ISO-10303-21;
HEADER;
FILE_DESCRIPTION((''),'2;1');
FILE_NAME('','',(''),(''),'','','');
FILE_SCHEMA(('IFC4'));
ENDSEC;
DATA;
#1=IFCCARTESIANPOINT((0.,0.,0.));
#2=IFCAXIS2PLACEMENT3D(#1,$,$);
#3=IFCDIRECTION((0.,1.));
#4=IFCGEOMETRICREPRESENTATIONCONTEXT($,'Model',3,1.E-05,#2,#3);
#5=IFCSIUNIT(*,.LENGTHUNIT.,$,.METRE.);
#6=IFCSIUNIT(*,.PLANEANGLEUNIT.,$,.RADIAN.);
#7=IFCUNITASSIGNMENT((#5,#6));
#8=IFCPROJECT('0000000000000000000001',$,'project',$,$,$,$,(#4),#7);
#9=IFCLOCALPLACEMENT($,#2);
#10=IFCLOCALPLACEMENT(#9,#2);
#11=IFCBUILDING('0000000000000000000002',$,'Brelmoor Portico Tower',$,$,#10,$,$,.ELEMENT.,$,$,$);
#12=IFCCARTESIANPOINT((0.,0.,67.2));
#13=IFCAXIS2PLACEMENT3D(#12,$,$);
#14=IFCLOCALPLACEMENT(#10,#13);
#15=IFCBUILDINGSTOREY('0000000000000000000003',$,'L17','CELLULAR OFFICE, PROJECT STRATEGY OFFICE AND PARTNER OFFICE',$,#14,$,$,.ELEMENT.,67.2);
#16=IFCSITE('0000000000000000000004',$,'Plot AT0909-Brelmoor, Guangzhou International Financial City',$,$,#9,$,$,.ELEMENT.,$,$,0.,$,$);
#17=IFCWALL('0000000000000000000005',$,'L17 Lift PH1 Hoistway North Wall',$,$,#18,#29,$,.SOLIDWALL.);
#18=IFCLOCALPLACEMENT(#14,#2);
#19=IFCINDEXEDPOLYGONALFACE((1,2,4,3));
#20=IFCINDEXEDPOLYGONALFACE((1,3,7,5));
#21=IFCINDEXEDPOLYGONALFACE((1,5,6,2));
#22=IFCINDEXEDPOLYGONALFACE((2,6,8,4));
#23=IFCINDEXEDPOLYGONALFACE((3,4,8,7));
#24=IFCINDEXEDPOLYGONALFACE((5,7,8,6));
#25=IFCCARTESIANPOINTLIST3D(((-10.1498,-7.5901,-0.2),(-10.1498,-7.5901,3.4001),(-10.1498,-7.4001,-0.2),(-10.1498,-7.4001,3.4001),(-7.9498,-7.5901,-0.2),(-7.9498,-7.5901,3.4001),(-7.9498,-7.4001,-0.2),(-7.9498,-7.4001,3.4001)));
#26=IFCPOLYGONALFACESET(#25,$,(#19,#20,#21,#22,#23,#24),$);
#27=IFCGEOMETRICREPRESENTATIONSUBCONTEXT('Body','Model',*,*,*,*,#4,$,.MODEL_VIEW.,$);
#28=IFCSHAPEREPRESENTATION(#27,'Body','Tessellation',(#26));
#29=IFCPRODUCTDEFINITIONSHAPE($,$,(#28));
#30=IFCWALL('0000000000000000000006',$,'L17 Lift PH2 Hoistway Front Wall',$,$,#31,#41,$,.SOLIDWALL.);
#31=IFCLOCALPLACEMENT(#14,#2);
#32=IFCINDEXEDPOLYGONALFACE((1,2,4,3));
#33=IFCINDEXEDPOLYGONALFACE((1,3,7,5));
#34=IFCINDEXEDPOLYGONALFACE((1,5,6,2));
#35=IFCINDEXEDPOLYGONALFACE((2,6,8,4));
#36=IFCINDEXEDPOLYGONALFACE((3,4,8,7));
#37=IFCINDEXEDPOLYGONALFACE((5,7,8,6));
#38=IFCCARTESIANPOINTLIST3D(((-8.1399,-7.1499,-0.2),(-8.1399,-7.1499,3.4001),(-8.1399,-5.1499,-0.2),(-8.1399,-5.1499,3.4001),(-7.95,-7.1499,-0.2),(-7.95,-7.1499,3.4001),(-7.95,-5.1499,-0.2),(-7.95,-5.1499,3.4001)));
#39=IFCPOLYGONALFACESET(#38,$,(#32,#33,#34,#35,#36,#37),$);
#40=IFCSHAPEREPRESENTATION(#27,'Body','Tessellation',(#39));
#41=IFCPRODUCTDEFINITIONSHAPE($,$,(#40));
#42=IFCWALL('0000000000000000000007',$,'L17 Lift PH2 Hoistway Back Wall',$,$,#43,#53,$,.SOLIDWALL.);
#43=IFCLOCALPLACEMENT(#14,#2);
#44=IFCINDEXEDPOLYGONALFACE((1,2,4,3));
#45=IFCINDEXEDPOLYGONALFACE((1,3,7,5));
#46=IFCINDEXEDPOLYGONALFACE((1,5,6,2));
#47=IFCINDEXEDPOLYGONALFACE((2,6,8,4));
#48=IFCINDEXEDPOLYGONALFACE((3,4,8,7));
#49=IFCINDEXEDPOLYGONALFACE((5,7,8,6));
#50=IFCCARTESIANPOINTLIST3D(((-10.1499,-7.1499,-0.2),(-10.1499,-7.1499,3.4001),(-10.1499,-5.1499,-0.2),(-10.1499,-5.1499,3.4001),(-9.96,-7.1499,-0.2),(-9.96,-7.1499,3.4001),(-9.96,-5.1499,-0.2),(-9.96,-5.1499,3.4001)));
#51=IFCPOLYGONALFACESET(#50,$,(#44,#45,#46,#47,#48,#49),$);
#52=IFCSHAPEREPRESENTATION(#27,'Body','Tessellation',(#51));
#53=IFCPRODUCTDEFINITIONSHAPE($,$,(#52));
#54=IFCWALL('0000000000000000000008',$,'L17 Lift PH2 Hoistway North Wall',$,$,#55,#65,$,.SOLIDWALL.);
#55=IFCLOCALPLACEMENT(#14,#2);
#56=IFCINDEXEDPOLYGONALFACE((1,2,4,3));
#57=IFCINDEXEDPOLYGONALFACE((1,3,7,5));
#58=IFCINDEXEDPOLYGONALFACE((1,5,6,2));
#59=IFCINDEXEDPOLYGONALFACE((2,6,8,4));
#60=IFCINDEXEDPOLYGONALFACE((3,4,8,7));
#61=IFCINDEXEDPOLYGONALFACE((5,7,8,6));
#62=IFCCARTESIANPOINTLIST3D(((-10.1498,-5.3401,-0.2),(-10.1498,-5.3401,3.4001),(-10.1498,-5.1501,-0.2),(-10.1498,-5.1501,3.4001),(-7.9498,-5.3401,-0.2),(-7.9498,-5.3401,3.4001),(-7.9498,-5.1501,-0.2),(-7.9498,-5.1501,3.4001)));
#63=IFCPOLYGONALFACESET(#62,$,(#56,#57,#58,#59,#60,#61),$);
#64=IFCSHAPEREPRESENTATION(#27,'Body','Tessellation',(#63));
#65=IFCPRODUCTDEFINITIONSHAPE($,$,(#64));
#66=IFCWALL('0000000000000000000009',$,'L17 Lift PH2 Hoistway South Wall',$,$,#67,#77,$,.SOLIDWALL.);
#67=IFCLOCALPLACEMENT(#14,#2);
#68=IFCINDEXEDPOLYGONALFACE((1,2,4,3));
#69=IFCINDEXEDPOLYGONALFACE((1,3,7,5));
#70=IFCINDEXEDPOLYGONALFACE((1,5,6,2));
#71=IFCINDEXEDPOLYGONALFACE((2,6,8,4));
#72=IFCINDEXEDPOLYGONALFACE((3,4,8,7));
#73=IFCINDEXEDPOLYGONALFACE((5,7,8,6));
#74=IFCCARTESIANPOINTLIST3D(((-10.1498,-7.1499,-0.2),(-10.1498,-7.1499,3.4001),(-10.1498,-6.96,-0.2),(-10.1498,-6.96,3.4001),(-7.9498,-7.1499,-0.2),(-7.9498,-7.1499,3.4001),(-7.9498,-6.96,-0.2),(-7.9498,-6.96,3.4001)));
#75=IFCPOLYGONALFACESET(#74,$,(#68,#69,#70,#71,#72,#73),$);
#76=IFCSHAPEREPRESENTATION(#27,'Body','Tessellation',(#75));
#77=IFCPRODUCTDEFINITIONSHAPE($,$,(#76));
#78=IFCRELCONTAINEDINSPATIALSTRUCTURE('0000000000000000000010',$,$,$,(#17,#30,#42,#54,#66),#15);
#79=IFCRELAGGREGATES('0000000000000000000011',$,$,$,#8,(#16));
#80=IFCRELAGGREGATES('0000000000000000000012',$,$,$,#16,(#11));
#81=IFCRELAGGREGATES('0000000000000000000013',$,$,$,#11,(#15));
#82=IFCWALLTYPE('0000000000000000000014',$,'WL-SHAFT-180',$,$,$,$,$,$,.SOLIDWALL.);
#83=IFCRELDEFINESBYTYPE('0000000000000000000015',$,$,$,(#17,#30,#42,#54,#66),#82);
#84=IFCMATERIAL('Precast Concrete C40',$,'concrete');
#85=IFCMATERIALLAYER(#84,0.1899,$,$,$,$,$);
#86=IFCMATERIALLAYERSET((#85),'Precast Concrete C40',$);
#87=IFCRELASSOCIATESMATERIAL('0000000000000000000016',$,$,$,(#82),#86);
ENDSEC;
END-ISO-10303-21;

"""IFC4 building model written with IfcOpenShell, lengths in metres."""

from ifc_helpers import new_model, si_unit, direction, frame, frame_2d, origin, place, context, subcontext, project, spatial, rectangle, extrude, material, layer, layer_set, type_object, element, save


model = new_model("IFC4")

# Units and contexts
model_context = context("Model", 3, precision=1e-05, world=origin(), true_north=direction((0.0, 1.0)))
body_context = subcontext(model_context, "Body", "Model", "MODEL_VIEW")
ifc_project = project(units=[si_unit("LENGTHUNIT", "METRE"), si_unit("PLANEANGLEUNIT", "RADIAN")], contexts=[model_context])

# Site, building, storey
site_placement = place(None, origin())
site = spatial("IfcSite", under=ifc_project, at=site_placement, Name="Plot AT0909-Brelmoor, Guangzhou International Financial City", CompositionType="ELEMENT", RefElevation=0.0)
building_placement = place(site_placement, origin())
building = spatial("IfcBuilding", under=site, at=building_placement, Name="Brelmoor Portico Tower", CompositionType="ELEMENT")
storey_placement = place(building_placement, frame((0.0, 0.0, 67.2)))
storey = spatial("IfcBuildingStorey", under=building, at=storey_placement, Name="L17", Description="CELLULAR OFFICE, PROJECT STRATEGY OFFICE AND PARTNER OFFICE", CompositionType="ELEMENT", Elevation=67.2)

# Walls
ifc_material_1 = material(Name="Precast Concrete C40", Category="concrete")
ifc_layer_1 = layer(ifc_material_1, 0.1899)
ifc_layer_set_1 = layer_set([ifc_layer_1], Name="Precast Concrete C40")
wall_type_1 = type_object("IfcWallType", Name="WL-SHAFT-180", PredefinedType="SOLIDWALL", material=ifc_layer_set_1)
wall_1_placement = place(storey_placement, frame((-10.1499, -7.4951, -0.2), z_axis=(0.0, 0.0, 1.0), x_axis=(1.0, 0.0, 0.0)))
element("IfcWall", 1, at=wall_1_placement, inside=storey, type_object=wall_type_1, Name="L17 Lift PH1 Hoistway North Wall", PredefinedType="SOLIDWALL", context=body_context, shape_type="SweptSolid", body=[
    extrude(rectangle(XDim=2.2, YDim=0.1899, at=frame_2d((1.1001, 0.0))), origin(), (0.0, 0.0, 1.0), 3.6001),
])
for number, where, z_axis, x_axis, name in (
    (2, (-8.0449, -7.1499, -0.2), (0.0, 0.0, 1.0), (0.0, 1.0, 0.0), "L17 Lift PH2 Hoistway Front Wall"),
    (3, (-10.0549, -7.1499, -0.2), (0.0, 0.0, 1.0), (0.0, 1.0, 0.0), "L17 Lift PH2 Hoistway Back Wall"),
):
    element("IfcWall", number, at=place(storey_placement, frame(where, z_axis=z_axis, x_axis=x_axis)), inside=storey, type_object=wall_type_1, Name=name, PredefinedType="SOLIDWALL", context=body_context, shape_type="SweptSolid", body=[
        extrude(rectangle(XDim=2.0, YDim=0.1899, at=frame_2d((1.0, 0.0))), origin(), (0.0, 0.0, 1.0), 3.6001),
    ])
for number, where, z_axis, x_axis, name in (
    (4, (-10.1499, -5.2451, -0.2), (0.0, 0.0, 1.0), (1.0, 0.0, 0.0), "L17 Lift PH2 Hoistway North Wall"),
    (5, (-10.1499, -7.0549, -0.2), (0.0, 0.0, 1.0), (1.0, 0.0, 0.0), "L17 Lift PH2 Hoistway South Wall"),
):
    element("IfcWall", number, at=place(storey_placement, frame(where, z_axis=z_axis, x_axis=x_axis)), inside=storey, type_object=wall_type_1, Name=name, PredefinedType="SOLIDWALL", context=body_context, shape_type="SweptSolid", body=[
        extrude(rectangle(XDim=2.2, YDim=0.1899, at=frame_2d((1.1001, 0.0))), origin(), (0.0, 0.0, 1.0), 3.6001),
    ])

save(model, "model.ifc")
